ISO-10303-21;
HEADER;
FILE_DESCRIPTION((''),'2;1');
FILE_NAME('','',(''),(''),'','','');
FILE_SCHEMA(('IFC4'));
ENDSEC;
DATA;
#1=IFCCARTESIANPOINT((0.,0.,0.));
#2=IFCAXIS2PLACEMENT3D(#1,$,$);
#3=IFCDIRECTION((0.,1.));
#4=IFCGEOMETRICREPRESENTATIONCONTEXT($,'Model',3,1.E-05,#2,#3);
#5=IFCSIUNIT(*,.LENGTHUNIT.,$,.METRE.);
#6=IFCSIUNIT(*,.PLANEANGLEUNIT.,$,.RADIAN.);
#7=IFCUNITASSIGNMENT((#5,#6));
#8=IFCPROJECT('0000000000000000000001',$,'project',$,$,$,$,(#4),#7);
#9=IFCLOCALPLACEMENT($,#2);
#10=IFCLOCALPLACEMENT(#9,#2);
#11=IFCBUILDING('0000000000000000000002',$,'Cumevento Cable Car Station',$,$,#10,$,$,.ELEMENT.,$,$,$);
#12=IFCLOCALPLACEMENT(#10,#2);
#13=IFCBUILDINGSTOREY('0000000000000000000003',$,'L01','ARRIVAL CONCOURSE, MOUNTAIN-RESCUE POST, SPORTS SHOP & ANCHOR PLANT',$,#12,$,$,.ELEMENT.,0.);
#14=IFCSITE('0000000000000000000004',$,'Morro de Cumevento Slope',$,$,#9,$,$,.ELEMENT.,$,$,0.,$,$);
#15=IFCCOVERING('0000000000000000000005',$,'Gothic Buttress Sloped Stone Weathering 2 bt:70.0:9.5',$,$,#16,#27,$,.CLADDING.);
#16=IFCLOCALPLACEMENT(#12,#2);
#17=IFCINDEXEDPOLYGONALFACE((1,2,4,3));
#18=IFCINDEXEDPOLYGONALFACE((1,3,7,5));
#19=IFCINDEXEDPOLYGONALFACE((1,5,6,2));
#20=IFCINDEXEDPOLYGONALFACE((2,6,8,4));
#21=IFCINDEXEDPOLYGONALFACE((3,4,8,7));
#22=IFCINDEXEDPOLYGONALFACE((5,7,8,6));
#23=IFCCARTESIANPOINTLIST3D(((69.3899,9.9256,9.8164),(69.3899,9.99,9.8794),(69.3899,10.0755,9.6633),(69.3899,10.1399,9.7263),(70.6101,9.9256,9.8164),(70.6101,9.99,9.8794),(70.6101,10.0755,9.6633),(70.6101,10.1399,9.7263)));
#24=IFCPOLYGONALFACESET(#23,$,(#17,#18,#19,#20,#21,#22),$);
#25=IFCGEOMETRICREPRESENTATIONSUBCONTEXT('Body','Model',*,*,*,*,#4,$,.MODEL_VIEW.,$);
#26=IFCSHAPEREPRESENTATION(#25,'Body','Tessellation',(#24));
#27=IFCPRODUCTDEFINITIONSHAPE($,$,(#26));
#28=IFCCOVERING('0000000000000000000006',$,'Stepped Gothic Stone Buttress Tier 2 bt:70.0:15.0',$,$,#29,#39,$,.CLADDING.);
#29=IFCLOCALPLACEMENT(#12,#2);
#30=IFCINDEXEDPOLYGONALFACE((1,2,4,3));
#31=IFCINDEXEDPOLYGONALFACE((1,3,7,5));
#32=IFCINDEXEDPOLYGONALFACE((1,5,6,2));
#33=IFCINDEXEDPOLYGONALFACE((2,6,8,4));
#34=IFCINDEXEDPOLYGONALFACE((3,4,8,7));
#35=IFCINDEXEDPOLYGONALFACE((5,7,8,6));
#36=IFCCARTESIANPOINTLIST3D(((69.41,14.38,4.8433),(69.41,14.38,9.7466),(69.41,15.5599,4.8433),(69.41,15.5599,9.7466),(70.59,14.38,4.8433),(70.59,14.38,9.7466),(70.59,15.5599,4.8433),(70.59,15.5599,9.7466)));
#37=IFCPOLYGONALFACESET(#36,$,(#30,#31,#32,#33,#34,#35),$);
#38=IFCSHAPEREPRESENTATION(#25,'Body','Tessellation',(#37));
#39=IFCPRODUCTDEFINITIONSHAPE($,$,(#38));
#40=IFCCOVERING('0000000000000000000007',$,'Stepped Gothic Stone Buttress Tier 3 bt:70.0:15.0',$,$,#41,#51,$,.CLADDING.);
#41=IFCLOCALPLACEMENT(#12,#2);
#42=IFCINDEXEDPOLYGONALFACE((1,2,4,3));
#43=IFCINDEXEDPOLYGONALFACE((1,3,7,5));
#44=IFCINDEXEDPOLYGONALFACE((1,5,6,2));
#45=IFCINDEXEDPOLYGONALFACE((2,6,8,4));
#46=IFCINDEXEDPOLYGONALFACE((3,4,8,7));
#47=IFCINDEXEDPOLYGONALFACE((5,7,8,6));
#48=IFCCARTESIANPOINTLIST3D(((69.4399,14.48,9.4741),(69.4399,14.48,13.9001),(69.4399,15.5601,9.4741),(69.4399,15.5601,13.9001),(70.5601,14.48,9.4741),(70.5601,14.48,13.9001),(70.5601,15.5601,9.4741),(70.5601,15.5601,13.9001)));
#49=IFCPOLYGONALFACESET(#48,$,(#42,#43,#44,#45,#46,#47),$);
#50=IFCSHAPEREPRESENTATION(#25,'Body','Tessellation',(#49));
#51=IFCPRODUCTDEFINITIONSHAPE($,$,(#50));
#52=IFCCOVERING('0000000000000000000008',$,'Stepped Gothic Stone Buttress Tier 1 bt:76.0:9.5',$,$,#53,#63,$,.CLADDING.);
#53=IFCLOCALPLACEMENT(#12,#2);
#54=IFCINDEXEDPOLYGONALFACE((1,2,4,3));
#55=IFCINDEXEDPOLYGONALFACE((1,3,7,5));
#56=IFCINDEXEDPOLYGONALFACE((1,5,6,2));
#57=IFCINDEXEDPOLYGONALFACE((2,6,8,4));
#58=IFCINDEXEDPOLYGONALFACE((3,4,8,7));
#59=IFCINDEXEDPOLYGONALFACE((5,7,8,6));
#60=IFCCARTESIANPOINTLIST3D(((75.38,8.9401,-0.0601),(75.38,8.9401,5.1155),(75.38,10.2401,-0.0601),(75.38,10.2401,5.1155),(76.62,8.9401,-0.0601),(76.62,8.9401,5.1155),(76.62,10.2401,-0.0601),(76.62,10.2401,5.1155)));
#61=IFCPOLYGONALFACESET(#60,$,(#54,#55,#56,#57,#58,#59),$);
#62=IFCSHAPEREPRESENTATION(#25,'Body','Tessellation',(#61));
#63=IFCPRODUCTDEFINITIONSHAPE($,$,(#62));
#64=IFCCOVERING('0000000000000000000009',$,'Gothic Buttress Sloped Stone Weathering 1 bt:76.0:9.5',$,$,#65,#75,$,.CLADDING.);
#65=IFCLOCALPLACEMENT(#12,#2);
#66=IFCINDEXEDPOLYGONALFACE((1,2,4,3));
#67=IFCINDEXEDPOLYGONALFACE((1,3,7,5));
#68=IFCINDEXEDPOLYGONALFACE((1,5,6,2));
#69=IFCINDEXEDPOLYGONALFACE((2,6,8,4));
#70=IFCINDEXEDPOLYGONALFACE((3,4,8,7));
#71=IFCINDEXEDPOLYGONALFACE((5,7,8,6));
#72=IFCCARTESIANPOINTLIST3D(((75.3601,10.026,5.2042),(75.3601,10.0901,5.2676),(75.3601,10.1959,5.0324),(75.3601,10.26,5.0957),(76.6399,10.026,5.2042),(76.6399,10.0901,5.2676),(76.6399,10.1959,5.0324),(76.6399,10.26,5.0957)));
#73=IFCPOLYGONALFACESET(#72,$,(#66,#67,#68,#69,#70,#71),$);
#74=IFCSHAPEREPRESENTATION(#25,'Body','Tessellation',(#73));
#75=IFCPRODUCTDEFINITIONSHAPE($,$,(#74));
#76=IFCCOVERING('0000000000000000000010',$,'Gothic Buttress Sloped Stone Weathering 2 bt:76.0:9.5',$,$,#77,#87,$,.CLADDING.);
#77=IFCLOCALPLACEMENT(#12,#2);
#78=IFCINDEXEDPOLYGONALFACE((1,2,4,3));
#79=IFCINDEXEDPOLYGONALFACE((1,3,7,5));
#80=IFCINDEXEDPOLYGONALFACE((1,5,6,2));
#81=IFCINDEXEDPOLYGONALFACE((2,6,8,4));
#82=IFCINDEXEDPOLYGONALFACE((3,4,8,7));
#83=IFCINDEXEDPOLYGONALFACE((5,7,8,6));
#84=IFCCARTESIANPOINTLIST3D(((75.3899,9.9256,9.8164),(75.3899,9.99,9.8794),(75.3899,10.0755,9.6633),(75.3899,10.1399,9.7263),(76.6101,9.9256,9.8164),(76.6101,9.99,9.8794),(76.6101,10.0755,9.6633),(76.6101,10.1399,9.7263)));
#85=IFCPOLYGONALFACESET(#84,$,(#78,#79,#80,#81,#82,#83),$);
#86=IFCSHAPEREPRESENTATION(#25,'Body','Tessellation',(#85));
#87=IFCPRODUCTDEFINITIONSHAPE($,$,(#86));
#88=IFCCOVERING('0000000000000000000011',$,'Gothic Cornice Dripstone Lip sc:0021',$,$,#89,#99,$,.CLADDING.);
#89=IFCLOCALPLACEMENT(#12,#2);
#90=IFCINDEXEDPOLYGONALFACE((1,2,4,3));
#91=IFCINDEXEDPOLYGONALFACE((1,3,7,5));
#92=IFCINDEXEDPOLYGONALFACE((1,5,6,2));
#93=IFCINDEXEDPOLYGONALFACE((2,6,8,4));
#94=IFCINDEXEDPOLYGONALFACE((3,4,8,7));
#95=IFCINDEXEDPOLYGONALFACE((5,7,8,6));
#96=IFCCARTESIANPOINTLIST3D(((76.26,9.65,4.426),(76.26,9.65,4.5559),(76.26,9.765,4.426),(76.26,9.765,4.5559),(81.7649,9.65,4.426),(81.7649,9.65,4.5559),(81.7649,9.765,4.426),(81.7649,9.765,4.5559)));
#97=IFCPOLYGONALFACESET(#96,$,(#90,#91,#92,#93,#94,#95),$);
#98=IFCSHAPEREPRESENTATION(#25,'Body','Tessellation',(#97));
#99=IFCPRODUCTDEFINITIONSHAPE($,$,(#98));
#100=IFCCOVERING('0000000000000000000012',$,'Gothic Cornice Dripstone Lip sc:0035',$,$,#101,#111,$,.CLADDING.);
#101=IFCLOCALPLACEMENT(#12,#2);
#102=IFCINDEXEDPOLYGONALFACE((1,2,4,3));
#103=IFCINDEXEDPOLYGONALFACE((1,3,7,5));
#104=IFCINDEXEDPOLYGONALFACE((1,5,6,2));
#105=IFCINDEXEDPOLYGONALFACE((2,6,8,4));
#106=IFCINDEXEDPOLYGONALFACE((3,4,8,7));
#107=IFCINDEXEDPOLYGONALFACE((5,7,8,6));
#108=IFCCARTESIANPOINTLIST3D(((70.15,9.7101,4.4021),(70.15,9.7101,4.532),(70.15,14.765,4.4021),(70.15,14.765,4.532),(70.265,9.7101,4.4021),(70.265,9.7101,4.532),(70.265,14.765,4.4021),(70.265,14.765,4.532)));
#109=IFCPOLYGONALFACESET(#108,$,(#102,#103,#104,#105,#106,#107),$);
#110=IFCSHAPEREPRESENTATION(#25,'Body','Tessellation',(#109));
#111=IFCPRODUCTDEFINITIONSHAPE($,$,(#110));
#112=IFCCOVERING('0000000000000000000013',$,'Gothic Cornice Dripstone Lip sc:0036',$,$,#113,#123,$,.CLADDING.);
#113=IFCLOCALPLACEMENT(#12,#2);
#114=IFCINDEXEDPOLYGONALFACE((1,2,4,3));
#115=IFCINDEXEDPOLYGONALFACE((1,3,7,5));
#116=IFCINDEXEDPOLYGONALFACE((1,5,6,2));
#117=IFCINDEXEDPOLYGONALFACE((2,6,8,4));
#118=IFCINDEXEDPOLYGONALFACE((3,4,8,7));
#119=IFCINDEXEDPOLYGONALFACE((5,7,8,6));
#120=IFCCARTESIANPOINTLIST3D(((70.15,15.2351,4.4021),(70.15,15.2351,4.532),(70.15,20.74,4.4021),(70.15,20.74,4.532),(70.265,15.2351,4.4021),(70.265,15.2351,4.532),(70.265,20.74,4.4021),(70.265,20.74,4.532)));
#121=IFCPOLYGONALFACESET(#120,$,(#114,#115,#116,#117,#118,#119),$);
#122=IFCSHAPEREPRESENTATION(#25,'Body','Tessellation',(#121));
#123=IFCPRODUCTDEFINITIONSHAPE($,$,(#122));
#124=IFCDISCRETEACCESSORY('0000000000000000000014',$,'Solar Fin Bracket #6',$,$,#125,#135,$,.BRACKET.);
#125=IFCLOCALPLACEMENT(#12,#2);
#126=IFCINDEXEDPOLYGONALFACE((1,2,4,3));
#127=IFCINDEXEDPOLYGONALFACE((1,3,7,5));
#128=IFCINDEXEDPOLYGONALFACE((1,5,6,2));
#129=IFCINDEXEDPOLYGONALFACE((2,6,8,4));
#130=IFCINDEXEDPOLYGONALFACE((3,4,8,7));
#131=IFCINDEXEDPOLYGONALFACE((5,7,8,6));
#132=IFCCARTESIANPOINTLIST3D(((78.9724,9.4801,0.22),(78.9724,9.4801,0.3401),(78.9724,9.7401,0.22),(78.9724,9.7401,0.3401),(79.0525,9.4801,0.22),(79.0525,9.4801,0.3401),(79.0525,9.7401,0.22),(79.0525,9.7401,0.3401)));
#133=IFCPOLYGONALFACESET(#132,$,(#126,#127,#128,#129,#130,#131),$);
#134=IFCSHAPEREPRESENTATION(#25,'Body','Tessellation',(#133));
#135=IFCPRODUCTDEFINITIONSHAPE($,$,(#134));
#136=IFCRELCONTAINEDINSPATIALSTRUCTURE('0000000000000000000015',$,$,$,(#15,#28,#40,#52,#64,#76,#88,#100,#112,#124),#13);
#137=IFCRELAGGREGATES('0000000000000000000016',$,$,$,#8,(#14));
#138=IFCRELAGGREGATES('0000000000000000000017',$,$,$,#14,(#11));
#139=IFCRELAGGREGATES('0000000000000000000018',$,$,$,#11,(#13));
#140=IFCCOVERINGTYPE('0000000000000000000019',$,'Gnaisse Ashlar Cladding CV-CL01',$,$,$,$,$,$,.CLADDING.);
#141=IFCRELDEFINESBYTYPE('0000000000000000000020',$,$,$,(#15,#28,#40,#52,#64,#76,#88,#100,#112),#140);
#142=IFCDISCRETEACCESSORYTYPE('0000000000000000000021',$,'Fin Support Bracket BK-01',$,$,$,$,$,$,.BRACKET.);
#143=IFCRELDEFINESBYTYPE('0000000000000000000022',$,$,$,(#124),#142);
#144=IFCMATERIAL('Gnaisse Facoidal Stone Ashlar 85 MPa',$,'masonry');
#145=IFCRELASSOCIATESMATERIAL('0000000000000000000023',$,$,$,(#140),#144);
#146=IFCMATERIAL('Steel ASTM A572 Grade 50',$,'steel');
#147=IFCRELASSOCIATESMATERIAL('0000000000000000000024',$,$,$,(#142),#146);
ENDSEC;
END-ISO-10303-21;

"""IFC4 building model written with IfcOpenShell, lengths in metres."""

from ifc_helpers import new_model, si_unit, direction, frame, origin, origin_2d, place, context, subcontext, project, spatial, polyline, rectangle, outline, extrude, material, type_object, element, save


model = new_model("IFC4")

# Units and contexts
model_context = context("Model", 3, precision=1e-05, world=origin(), true_north=direction((0.0, 1.0)))
body_context = subcontext(model_context, "Body", "Model", "MODEL_VIEW")
ifc_project = project(units=[si_unit("LENGTHUNIT", "METRE"), si_unit("PLANEANGLEUNIT", "RADIAN")], contexts=[model_context])

# Site, building, storey
site_placement = place(None, origin())
site = spatial("IfcSite", under=ifc_project, at=site_placement, Name="Morro de Cumevento Slope", CompositionType="ELEMENT", RefElevation=0.0)
building_placement = place(site_placement, origin())
building = spatial("IfcBuilding", under=site, at=building_placement, Name="Cumevento Cable Car Station", CompositionType="ELEMENT")
storey_placement = place(building_placement, origin())
storey = spatial("IfcBuildingStorey", under=building, at=storey_placement, Name="L01", Description="ARRIVAL CONCOURSE, MOUNTAIN-RESCUE POST, SPORTS SHOP & ANCHOR PLANT", CompositionType="ELEMENT", Elevation=0.0)

# Coverings
ifc_material_1 = material(Name="Gnaisse Facoidal Stone Ashlar 85 MPa", Category="masonry")
covering_type = type_object("IfcCoveringType", Name="Gnaisse Ashlar Cladding CV-CL01", PredefinedType="CLADDING", material=ifc_material_1)
covering_1_placement = place(storey_placement, frame((70.6101, 10.1399, 9.7263), z_axis=(0.0, 0.714475, 0.699661), x_axis=(-1.0, 0.0, 0.0)))
element("IfcCovering", 1, at=covering_1_placement, inside=storey, type_object=covering_type, Name="Gothic Buttress Sloped Stone Weathering 2 bt:70.0:9.5", PredefinedType="CLADDING", context=body_context, shape_type="SweptSolid", body=[
    extrude(outline(polyline([(0.0, 0.0), (1.2202, 0.0), (1.2202, 0.2142), (0.0, 0.2142), (0.0, 0.0)])), origin(), (0.0, 0.0, -1.0), 0.0901),
])
covering_2_placement = place(storey_placement, frame((70.0, 14.97, 4.8433), z_axis=(0.0, 0.0, 1.0), x_axis=(1.0, 0.0, 0.0)))
element("IfcCovering", 2, at=covering_2_placement, inside=storey, type_object=covering_type, Name="Stepped Gothic Stone Buttress Tier 2 bt:70.0:15.0", PredefinedType="CLADDING", context=body_context, shape_type="SweptSolid", body=[
    extrude(rectangle(XDim=1.1799, YDim=1.1799, at=origin_2d()), origin(), (0.0, 0.0, 1.0), 4.9033),
])
covering_3_placement = place(storey_placement, frame((70.0, 15.02, 9.4741), z_axis=(0.0, 0.0, 1.0), x_axis=(1.0, 0.0, 0.0)))
element("IfcCovering", 3, at=covering_3_placement, inside=storey, type_object=covering_type, Name="Stepped Gothic Stone Buttress Tier 3 bt:70.0:15.0", PredefinedType="CLADDING", context=body_context, shape_type="SweptSolid", body=[
    extrude(rectangle(XDim=1.1201, YDim=1.0801, at=origin_2d()), origin(), (0.0, 0.0, 1.0), 4.426),
])
covering_4_placement = place(storey_placement, frame((76.0, 9.5901, -0.0601), z_axis=(0.0, 0.0, 1.0), x_axis=(-1.0, 0.0, 0.0)))
element("IfcCovering", 4, at=covering_4_placement, inside=storey, type_object=covering_type, Name="Stepped Gothic Stone Buttress Tier 1 bt:76.0:9.5", PredefinedType="CLADDING", context=body_context, shape_type="SweptSolid", body=[
    extrude(rectangle(XDim=1.24, YDim=1.3, at=origin_2d()), origin(), (0.0, 0.0, 1.0), 5.1755),
])
covering_5_placement = place(storey_placement, frame((76.6399, 10.26, 5.0957), z_axis=(0.0, 0.711136, 0.703055), x_axis=(-1.0, 0.0, 0.0)))
element("IfcCovering", 5, at=covering_5_placement, inside=storey, type_object=covering_type, Name="Gothic Buttress Sloped Stone Weathering 1 bt:76.0:9.5", PredefinedType="CLADDING", context=body_context, shape_type="SweptSolid", body=[
    extrude(outline(polyline([(0.0, 0.0), (1.2798, 0.0), (1.2798, 0.2417), (0.0, 0.2417), (0.0, 0.0)])), origin(), (0.0, 0.0, -1.0), 0.0901),
])
covering_6_placement = place(storey_placement, frame((76.6101, 10.1399, 9.7263), z_axis=(0.0, 0.714475, 0.699661), x_axis=(-1.0, 0.0, 0.0)))
element("IfcCovering", 6, at=covering_6_placement, inside=storey, type_object=covering_type, Name="Gothic Buttress Sloped Stone Weathering 2 bt:76.0:9.5", PredefinedType="CLADDING", context=body_context, shape_type="SweptSolid", body=[
    extrude(outline(polyline([(0.0, 0.0), (1.2202, 0.0), (1.2202, 0.2142), (0.0, 0.2142), (0.0, 0.0)])), origin(), (0.0, 0.0, -1.0), 0.0901),
])
covering_7_placement = place(storey_placement, frame((79.0125, 9.7075, 4.426), z_axis=(0.0, 0.0, 1.0), x_axis=(1.0, 0.0, 0.0)))
element("IfcCovering", 7, at=covering_7_placement, inside=storey, type_object=covering_type, Name="Gothic Cornice Dripstone Lip sc:0021", PredefinedType="CLADDING", context=body_context, shape_type="SweptSolid", body=[
    extrude(rectangle(XDim=5.5049, YDim=0.115, at=origin_2d()), origin(), (0.0, 0.0, 1.0), 0.1299),
])
covering_8_placement = place(storey_placement, frame((70.2075, 12.2375, 4.4021), z_axis=(0.0, 0.0, 1.0), x_axis=(0.0, -1.0, 0.0)))
element("IfcCovering", 8, at=covering_8_placement, inside=storey, type_object=covering_type, Name="Gothic Cornice Dripstone Lip sc:0035", PredefinedType="CLADDING", context=body_context, shape_type="SweptSolid", body=[
    extrude(rectangle(XDim=5.0549, YDim=0.115, at=origin_2d()), origin(), (0.0, 0.0, 1.0), 0.1299),
])
covering_9_placement = place(storey_placement, frame((70.2075, 17.9875, 4.4021), z_axis=(0.0, 0.0, 1.0), x_axis=(0.0, -1.0, 0.0)))
element("IfcCovering", 9, at=covering_9_placement, inside=storey, type_object=covering_type, Name="Gothic Cornice Dripstone Lip sc:0036", PredefinedType="CLADDING", context=body_context, shape_type="SweptSolid", body=[
    extrude(rectangle(XDim=5.5049, YDim=0.115, at=origin_2d()), origin(), (0.0, 0.0, 1.0), 0.1299),
])

# Discrete accessory
ifc_material_2 = material(Name="Steel ASTM A572 Grade 50", Category="steel")
discrete_accessory_type = type_object("IfcDiscreteAccessoryType", Name="Fin Support Bracket BK-01", PredefinedType="BRACKET", material=ifc_material_2)
discrete_accessory_placement = place(storey_placement, frame((79.0125, 9.6101, 0.22), z_axis=(0.0, 0.0, 1.0), x_axis=(1.0, 0.0, 0.0)))
element("IfcDiscreteAccessory", 10, at=discrete_accessory_placement, inside=storey, type_object=discrete_accessory_type, Name="Solar Fin Bracket #6", PredefinedType="BRACKET", context=body_context, shape_type="SweptSolid", body=[
    extrude(rectangle(XDim=0.0801, YDim=0.26, at=origin_2d()), origin(), (0.0, 0.0, 1.0), 0.1201),
])

save(model, "model.ifc")
